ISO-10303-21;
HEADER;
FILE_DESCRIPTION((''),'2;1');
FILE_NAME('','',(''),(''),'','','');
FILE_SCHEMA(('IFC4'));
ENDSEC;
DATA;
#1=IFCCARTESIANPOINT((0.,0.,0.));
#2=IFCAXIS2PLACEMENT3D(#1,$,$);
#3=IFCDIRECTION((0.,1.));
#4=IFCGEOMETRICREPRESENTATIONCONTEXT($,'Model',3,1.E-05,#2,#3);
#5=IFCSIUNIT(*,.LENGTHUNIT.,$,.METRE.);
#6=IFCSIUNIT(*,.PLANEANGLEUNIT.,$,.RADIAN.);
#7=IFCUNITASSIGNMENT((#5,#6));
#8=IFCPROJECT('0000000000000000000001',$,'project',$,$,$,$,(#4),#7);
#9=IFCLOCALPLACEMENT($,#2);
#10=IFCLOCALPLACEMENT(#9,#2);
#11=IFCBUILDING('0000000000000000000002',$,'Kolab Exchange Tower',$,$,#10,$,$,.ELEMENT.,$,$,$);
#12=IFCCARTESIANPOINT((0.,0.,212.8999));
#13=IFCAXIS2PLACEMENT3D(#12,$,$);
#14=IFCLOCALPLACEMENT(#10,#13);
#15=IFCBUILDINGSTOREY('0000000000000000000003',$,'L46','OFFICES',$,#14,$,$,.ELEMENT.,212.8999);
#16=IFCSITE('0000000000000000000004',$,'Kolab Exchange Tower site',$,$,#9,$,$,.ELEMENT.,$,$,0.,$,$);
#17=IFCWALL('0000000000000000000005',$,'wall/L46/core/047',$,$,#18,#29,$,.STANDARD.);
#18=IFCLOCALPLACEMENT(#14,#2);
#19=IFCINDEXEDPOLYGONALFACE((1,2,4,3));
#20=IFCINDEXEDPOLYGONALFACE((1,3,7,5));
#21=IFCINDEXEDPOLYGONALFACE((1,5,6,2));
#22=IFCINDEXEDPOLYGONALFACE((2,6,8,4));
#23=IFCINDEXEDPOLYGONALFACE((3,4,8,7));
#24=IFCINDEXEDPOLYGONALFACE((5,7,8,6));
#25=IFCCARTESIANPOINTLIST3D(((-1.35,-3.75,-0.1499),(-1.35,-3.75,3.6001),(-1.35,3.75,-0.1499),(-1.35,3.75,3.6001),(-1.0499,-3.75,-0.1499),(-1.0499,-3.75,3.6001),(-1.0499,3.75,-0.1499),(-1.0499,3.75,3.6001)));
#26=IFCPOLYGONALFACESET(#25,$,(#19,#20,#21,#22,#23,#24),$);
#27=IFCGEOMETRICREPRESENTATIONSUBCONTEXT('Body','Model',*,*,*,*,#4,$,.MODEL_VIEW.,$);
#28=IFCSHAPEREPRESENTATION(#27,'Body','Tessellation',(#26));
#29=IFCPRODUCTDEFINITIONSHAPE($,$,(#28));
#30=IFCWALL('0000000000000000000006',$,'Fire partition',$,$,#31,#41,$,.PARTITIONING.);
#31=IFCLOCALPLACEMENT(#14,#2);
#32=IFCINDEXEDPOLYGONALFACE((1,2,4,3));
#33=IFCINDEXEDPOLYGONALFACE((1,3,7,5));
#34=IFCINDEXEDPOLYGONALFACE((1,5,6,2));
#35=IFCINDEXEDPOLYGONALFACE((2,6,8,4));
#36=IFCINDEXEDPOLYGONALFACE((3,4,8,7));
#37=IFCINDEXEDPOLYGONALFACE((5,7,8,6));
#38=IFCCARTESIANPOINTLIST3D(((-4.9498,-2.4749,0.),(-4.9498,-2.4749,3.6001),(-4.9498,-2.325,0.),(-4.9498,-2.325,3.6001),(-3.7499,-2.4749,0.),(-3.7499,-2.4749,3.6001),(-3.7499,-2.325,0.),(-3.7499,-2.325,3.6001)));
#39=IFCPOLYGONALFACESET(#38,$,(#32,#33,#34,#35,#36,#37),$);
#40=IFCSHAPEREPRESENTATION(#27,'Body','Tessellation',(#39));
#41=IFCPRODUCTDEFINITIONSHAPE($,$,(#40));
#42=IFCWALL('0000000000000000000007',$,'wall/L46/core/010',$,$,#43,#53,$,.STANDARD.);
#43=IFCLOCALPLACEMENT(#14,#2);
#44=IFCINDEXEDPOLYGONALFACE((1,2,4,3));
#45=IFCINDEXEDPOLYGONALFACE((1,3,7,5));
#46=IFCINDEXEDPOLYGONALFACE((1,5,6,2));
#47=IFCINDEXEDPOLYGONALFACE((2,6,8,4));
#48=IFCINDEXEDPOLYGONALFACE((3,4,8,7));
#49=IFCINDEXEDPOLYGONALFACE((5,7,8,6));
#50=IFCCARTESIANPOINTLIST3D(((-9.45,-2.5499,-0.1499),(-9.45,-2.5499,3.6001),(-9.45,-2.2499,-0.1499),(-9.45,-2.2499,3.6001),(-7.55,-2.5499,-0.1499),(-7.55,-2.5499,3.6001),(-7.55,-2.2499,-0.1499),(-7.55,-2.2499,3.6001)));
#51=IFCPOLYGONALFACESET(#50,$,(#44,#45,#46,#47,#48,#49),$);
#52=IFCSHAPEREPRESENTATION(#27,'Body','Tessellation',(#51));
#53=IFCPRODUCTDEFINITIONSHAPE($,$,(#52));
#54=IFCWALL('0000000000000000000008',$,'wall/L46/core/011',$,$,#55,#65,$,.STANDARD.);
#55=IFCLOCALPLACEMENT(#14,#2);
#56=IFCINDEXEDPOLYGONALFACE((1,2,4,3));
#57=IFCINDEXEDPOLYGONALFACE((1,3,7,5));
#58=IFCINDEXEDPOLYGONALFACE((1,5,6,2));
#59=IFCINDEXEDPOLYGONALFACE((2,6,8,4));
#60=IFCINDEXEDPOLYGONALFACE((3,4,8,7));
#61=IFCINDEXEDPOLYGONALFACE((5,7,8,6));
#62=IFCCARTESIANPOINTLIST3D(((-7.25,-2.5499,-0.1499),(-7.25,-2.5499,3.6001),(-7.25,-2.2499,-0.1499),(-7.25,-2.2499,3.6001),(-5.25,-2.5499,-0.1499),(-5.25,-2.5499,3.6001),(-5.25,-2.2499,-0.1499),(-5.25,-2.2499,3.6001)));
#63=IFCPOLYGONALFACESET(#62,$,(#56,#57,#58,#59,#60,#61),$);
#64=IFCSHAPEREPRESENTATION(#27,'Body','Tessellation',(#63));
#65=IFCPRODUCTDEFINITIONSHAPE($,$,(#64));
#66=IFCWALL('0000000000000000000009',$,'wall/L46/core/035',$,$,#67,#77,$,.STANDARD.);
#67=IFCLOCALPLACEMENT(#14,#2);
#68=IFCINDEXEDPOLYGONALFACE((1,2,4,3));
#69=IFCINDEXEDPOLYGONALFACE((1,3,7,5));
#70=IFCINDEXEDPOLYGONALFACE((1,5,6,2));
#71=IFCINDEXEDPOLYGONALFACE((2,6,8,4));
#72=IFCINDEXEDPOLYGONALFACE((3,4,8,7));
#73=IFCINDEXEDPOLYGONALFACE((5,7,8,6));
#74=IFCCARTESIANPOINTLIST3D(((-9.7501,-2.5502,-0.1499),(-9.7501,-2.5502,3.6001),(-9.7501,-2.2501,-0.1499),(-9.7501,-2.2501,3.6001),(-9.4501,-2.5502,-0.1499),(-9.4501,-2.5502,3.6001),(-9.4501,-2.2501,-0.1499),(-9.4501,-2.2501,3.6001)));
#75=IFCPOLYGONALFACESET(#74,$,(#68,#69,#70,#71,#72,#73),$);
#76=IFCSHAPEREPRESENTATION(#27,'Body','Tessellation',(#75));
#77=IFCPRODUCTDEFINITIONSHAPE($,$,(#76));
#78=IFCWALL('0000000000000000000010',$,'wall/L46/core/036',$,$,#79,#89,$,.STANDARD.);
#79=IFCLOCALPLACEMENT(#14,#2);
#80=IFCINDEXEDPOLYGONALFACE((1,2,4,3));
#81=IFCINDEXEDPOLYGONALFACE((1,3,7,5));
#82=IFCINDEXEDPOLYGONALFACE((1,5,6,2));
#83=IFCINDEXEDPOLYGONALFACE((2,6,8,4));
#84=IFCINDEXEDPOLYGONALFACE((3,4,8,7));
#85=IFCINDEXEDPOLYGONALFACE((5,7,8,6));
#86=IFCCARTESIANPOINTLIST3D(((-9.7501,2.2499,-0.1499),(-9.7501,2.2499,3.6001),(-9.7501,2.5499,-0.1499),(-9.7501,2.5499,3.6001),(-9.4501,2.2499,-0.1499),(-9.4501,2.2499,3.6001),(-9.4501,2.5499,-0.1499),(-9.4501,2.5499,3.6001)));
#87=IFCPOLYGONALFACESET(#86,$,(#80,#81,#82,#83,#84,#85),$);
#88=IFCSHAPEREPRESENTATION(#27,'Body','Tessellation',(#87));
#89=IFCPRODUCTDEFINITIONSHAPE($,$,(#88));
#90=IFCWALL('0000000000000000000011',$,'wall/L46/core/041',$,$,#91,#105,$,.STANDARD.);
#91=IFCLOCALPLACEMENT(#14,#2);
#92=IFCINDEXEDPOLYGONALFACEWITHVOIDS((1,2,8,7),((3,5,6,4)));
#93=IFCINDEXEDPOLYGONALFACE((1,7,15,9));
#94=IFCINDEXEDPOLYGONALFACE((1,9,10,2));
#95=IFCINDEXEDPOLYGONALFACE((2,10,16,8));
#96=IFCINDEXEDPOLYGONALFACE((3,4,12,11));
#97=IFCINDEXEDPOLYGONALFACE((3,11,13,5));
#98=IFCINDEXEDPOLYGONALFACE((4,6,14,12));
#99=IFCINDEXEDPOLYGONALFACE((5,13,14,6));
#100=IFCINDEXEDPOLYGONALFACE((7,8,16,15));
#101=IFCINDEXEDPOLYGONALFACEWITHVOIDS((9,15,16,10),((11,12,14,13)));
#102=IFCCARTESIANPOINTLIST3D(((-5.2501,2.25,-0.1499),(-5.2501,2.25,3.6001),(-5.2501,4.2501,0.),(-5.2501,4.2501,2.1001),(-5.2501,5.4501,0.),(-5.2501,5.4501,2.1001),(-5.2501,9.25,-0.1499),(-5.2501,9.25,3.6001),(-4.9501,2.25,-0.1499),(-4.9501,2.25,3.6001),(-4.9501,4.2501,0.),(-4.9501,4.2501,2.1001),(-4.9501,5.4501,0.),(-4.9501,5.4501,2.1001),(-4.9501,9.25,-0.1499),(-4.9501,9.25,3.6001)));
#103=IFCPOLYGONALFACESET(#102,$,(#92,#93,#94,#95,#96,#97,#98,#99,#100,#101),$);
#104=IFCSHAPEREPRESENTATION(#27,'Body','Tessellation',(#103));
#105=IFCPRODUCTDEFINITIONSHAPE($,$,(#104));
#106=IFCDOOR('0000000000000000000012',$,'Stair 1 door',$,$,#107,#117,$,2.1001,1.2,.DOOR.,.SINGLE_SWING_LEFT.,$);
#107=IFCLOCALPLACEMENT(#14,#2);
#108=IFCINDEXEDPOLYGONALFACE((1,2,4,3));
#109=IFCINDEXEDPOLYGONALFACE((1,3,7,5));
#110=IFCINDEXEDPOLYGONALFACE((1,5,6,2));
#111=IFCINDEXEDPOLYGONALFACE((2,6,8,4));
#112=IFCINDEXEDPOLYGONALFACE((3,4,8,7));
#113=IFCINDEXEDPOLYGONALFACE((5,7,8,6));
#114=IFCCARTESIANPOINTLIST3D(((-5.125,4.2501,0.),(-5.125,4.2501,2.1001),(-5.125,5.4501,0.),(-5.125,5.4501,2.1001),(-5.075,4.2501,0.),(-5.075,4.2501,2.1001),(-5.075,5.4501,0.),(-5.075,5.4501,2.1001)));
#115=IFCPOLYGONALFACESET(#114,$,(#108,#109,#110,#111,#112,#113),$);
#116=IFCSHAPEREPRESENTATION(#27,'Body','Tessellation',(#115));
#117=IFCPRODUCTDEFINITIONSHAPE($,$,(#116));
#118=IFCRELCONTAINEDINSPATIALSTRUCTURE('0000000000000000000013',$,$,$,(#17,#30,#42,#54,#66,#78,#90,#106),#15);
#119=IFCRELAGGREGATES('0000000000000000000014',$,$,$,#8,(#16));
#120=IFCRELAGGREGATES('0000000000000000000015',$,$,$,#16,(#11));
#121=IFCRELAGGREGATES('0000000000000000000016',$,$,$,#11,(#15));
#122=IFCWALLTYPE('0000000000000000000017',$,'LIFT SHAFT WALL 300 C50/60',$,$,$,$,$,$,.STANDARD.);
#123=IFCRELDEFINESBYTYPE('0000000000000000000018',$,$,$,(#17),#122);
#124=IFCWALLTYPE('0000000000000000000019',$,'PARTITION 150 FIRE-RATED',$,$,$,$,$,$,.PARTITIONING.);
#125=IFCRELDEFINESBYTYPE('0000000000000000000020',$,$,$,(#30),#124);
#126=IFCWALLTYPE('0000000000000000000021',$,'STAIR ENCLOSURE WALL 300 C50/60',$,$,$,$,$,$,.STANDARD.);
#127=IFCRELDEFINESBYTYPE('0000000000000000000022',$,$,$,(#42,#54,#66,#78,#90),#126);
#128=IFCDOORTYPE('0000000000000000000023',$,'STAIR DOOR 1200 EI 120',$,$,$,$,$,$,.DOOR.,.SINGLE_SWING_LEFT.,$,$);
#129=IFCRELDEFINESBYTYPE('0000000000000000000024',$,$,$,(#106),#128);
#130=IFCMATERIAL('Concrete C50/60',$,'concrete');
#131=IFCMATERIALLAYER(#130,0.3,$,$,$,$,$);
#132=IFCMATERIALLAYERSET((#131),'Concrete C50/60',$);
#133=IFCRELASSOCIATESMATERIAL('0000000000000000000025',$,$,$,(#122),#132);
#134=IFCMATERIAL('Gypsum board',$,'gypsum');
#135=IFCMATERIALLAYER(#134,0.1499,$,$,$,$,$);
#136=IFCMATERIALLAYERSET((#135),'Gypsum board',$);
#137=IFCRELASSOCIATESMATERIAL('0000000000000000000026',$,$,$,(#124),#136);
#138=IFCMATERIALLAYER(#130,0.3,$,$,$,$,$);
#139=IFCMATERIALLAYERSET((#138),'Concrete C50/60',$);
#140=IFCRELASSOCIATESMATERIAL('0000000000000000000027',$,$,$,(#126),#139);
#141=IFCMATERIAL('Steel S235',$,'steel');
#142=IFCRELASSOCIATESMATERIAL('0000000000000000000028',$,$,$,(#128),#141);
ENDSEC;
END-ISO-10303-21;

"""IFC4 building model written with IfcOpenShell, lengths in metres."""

from ifc_helpers import new_model, si_unit, direction, frame, frame_2d, origin, place, context, subcontext, project, spatial, rectangle, extrude, material, layer, layer_set, type_object, element, fill, save


model = new_model("IFC4")

# Units and contexts
model_context = context("Model", 3, precision=1e-05, world=origin(), true_north=direction((0.0, 1.0)))
body_context = subcontext(model_context, "Body", "Model", "MODEL_VIEW")
ifc_project = project(units=[si_unit("LENGTHUNIT", "METRE"), si_unit("PLANEANGLEUNIT", "RADIAN")], contexts=[model_context])

# Site, building, storey
site_placement = place(None, origin())
site = spatial("IfcSite", under=ifc_project, at=site_placement, Name="Kolab Exchange Tower site", CompositionType="ELEMENT", RefElevation=0.0)
building_placement = place(site_placement, origin())
building = spatial("IfcBuilding", under=site, at=building_placement, Name="Kolab Exchange Tower", CompositionType="ELEMENT")
storey_placement = place(building_placement, frame((0.0, 0.0, 212.8999)))
storey = spatial("IfcBuildingStorey", under=building, at=storey_placement, Name="L46", Description="OFFICES", CompositionType="ELEMENT", Elevation=212.8999)

# Shared definitions
ifc_material_1 = material(Name="Concrete C50/60", Category="concrete")
ifc_layer_1 = layer(ifc_material_1, 0.3)
ifc_layer_set_1 = layer_set([ifc_layer_1], Name="Concrete C50/60")
wall_type_1 = type_object("IfcWallType", Name="LIFT SHAFT WALL 300 C50/60", PredefinedType="STANDARD", material=ifc_layer_set_1)

# Walls
wall_1_placement = place(storey_placement, frame((-1.2, -3.75, -0.1499), z_axis=(0.0, 0.0, 1.0), x_axis=(0.0, 1.0, 0.0)))
element("IfcWall", 1, at=wall_1_placement, inside=storey, type_object=wall_type_1, Name="wall/L46/core/047", PredefinedType="STANDARD", context=body_context, shape_type="SweptSolid", body=[
    extrude(rectangle(XDim=7.5, YDim=0.3, at=frame_2d((3.75, 0.0))), origin(), (0.0, 0.0, 1.0), 3.75),
])
ifc_material_2 = material(Name="Gypsum board", Category="gypsum")
ifc_layer_2 = layer(ifc_material_2, 0.1499)
ifc_layer_set_2 = layer_set([ifc_layer_2], Name="Gypsum board")
wall_type_2 = type_object("IfcWallType", Name="PARTITION 150 FIRE-RATED", PredefinedType="PARTITIONING", material=ifc_layer_set_2)
wall_2_placement = place(storey_placement, frame((-4.95, -2.3999, 0.0), z_axis=(0.0, 0.0, 1.0), x_axis=(1.0, 0.0, 0.0)))
element("IfcWall", 2, at=wall_2_placement, inside=storey, type_object=wall_type_2, Name="Fire partition", PredefinedType="PARTITIONING", context=body_context, shape_type="SweptSolid", body=[
    extrude(rectangle(XDim=1.2, YDim=0.1499, at=frame_2d((0.6001, 0.0))), origin(), (0.0, 0.0, 1.0), 3.6001),
])
ifc_layer_3 = layer(ifc_material_1, 0.3)
ifc_layer_set_3 = layer_set([ifc_layer_3], Name="Concrete C50/60")
wall_type_3 = type_object("IfcWallType", Name="STAIR ENCLOSURE WALL 300 C50/60", PredefinedType="STANDARD", material=ifc_layer_set_3)
wall_3_placement = place(storey_placement, frame((-9.45, -2.3999, -0.1499), z_axis=(0.0, 0.0, 1.0), x_axis=(1.0, 0.0, 0.0)))
element("IfcWall", 3, at=wall_3_placement, inside=storey, type_object=wall_type_3, Name="wall/L46/core/010", PredefinedType="STANDARD", context=body_context, shape_type="SweptSolid", body=[
    extrude(rectangle(XDim=1.8999, YDim=0.3, at=frame_2d((0.95, 0.0))), origin(), (0.0, 0.0, 1.0), 3.75),
])
wall_4_placement = place(storey_placement, frame((-7.25, -2.3999, -0.1499), z_axis=(0.0, 0.0, 1.0), x_axis=(1.0, 0.0, 0.0)))
element("IfcWall", 4, at=wall_4_placement, inside=storey, type_object=wall_type_3, Name="wall/L46/core/011", PredefinedType="STANDARD", context=body_context, shape_type="SweptSolid", body=[
    extrude(rectangle(XDim=2.0, YDim=0.3, at=frame_2d((1.0, 0.0))), origin(), (0.0, 0.0, 1.0), 3.75),
])
for number, where, z_axis, x_axis, name in (
    (5, (-9.6001, -2.55, -0.1499), (0.0, 0.0, 1.0), (0.0, 1.0, 0.0), "wall/L46/core/035"),
    (6, (-9.6001, 2.25, -0.1499), (0.0, 0.0, 1.0), (0.0, 1.0, 0.0), "wall/L46/core/036"),
):
    element("IfcWall", number, at=place(storey_placement, frame(where, z_axis=z_axis, x_axis=x_axis)), inside=storey, type_object=wall_type_3, Name=name, PredefinedType="STANDARD", context=body_context, shape_type="SweptSolid", body=[
        extrude(rectangle(XDim=0.3, YDim=0.3, at=frame_2d((0.1499, 0.0))), origin(), (0.0, 0.0, 1.0), 3.75),
    ])

# Wall, opening, door
wall_5_placement = place(storey_placement, frame((-5.1001, 2.25, -0.1499), z_axis=(0.0, 0.0, 1.0), x_axis=(0.0, 1.0, 0.0)))
wall_5 = element("IfcWall", 7, at=wall_5_placement, inside=storey, type_object=wall_type_3, Name="wall/L46/core/041", PredefinedType="STANDARD", context=body_context, shape_type="SweptSolid", body=[
    extrude(rectangle(XDim=7.0, YDim=0.3, at=frame_2d((3.5, 0.0))), origin(), (0.0, 0.0, 1.0), 3.75),
])
opening_1_placement = place(wall_5_placement, frame((2.0, 0.0, 0.1499)))
opening_1 = element("IfcOpeningElement", 8, at=opening_1_placement, cuts=wall_5, PredefinedType="OPENING", context=body_context, shape_type="SweptSolid", body=[
    extrude(rectangle(XDim=1.2, YDim=2.1001, at=frame_2d((0.6001, 1.05))), frame((0.0, 0.1602, 0.0), z_axis=(0.0, -1.0, 0.0), x_axis=(1.0, 0.0, 0.0)), (0.0, 0.0, 1.0), 0.3201),
])
ifc_material_3 = material(Name="Steel S235", Category="steel")
door_type_1 = type_object("IfcDoorType", Name="STAIR DOOR 1200 EI 120", OperationType="SINGLE_SWING_LEFT", PredefinedType="DOOR", material=ifc_material_3)
door_1_placement = place(opening_1_placement, origin())
door_1 = element("IfcDoor", 9, at=door_1_placement, inside=storey, type_object=door_type_1, Name="Stair 1 door", OperationType="SINGLE_SWING_LEFT", OverallHeight=2.1001, OverallWidth=1.2, PredefinedType="DOOR", context=body_context, shape_type="SweptSolid", body=[
    extrude(rectangle(XDim=1.2, YDim=2.1001, at=frame_2d((0.6001, 1.05))), frame((0.0, 0.0249, 0.0), z_axis=(0.0, -1.0, 0.0), x_axis=(1.0, 0.0, 0.0)), (0.0, 0.0, 1.0), 0.05),
])
fill(opening_1, door_1)

save(model, "model.ifc")
